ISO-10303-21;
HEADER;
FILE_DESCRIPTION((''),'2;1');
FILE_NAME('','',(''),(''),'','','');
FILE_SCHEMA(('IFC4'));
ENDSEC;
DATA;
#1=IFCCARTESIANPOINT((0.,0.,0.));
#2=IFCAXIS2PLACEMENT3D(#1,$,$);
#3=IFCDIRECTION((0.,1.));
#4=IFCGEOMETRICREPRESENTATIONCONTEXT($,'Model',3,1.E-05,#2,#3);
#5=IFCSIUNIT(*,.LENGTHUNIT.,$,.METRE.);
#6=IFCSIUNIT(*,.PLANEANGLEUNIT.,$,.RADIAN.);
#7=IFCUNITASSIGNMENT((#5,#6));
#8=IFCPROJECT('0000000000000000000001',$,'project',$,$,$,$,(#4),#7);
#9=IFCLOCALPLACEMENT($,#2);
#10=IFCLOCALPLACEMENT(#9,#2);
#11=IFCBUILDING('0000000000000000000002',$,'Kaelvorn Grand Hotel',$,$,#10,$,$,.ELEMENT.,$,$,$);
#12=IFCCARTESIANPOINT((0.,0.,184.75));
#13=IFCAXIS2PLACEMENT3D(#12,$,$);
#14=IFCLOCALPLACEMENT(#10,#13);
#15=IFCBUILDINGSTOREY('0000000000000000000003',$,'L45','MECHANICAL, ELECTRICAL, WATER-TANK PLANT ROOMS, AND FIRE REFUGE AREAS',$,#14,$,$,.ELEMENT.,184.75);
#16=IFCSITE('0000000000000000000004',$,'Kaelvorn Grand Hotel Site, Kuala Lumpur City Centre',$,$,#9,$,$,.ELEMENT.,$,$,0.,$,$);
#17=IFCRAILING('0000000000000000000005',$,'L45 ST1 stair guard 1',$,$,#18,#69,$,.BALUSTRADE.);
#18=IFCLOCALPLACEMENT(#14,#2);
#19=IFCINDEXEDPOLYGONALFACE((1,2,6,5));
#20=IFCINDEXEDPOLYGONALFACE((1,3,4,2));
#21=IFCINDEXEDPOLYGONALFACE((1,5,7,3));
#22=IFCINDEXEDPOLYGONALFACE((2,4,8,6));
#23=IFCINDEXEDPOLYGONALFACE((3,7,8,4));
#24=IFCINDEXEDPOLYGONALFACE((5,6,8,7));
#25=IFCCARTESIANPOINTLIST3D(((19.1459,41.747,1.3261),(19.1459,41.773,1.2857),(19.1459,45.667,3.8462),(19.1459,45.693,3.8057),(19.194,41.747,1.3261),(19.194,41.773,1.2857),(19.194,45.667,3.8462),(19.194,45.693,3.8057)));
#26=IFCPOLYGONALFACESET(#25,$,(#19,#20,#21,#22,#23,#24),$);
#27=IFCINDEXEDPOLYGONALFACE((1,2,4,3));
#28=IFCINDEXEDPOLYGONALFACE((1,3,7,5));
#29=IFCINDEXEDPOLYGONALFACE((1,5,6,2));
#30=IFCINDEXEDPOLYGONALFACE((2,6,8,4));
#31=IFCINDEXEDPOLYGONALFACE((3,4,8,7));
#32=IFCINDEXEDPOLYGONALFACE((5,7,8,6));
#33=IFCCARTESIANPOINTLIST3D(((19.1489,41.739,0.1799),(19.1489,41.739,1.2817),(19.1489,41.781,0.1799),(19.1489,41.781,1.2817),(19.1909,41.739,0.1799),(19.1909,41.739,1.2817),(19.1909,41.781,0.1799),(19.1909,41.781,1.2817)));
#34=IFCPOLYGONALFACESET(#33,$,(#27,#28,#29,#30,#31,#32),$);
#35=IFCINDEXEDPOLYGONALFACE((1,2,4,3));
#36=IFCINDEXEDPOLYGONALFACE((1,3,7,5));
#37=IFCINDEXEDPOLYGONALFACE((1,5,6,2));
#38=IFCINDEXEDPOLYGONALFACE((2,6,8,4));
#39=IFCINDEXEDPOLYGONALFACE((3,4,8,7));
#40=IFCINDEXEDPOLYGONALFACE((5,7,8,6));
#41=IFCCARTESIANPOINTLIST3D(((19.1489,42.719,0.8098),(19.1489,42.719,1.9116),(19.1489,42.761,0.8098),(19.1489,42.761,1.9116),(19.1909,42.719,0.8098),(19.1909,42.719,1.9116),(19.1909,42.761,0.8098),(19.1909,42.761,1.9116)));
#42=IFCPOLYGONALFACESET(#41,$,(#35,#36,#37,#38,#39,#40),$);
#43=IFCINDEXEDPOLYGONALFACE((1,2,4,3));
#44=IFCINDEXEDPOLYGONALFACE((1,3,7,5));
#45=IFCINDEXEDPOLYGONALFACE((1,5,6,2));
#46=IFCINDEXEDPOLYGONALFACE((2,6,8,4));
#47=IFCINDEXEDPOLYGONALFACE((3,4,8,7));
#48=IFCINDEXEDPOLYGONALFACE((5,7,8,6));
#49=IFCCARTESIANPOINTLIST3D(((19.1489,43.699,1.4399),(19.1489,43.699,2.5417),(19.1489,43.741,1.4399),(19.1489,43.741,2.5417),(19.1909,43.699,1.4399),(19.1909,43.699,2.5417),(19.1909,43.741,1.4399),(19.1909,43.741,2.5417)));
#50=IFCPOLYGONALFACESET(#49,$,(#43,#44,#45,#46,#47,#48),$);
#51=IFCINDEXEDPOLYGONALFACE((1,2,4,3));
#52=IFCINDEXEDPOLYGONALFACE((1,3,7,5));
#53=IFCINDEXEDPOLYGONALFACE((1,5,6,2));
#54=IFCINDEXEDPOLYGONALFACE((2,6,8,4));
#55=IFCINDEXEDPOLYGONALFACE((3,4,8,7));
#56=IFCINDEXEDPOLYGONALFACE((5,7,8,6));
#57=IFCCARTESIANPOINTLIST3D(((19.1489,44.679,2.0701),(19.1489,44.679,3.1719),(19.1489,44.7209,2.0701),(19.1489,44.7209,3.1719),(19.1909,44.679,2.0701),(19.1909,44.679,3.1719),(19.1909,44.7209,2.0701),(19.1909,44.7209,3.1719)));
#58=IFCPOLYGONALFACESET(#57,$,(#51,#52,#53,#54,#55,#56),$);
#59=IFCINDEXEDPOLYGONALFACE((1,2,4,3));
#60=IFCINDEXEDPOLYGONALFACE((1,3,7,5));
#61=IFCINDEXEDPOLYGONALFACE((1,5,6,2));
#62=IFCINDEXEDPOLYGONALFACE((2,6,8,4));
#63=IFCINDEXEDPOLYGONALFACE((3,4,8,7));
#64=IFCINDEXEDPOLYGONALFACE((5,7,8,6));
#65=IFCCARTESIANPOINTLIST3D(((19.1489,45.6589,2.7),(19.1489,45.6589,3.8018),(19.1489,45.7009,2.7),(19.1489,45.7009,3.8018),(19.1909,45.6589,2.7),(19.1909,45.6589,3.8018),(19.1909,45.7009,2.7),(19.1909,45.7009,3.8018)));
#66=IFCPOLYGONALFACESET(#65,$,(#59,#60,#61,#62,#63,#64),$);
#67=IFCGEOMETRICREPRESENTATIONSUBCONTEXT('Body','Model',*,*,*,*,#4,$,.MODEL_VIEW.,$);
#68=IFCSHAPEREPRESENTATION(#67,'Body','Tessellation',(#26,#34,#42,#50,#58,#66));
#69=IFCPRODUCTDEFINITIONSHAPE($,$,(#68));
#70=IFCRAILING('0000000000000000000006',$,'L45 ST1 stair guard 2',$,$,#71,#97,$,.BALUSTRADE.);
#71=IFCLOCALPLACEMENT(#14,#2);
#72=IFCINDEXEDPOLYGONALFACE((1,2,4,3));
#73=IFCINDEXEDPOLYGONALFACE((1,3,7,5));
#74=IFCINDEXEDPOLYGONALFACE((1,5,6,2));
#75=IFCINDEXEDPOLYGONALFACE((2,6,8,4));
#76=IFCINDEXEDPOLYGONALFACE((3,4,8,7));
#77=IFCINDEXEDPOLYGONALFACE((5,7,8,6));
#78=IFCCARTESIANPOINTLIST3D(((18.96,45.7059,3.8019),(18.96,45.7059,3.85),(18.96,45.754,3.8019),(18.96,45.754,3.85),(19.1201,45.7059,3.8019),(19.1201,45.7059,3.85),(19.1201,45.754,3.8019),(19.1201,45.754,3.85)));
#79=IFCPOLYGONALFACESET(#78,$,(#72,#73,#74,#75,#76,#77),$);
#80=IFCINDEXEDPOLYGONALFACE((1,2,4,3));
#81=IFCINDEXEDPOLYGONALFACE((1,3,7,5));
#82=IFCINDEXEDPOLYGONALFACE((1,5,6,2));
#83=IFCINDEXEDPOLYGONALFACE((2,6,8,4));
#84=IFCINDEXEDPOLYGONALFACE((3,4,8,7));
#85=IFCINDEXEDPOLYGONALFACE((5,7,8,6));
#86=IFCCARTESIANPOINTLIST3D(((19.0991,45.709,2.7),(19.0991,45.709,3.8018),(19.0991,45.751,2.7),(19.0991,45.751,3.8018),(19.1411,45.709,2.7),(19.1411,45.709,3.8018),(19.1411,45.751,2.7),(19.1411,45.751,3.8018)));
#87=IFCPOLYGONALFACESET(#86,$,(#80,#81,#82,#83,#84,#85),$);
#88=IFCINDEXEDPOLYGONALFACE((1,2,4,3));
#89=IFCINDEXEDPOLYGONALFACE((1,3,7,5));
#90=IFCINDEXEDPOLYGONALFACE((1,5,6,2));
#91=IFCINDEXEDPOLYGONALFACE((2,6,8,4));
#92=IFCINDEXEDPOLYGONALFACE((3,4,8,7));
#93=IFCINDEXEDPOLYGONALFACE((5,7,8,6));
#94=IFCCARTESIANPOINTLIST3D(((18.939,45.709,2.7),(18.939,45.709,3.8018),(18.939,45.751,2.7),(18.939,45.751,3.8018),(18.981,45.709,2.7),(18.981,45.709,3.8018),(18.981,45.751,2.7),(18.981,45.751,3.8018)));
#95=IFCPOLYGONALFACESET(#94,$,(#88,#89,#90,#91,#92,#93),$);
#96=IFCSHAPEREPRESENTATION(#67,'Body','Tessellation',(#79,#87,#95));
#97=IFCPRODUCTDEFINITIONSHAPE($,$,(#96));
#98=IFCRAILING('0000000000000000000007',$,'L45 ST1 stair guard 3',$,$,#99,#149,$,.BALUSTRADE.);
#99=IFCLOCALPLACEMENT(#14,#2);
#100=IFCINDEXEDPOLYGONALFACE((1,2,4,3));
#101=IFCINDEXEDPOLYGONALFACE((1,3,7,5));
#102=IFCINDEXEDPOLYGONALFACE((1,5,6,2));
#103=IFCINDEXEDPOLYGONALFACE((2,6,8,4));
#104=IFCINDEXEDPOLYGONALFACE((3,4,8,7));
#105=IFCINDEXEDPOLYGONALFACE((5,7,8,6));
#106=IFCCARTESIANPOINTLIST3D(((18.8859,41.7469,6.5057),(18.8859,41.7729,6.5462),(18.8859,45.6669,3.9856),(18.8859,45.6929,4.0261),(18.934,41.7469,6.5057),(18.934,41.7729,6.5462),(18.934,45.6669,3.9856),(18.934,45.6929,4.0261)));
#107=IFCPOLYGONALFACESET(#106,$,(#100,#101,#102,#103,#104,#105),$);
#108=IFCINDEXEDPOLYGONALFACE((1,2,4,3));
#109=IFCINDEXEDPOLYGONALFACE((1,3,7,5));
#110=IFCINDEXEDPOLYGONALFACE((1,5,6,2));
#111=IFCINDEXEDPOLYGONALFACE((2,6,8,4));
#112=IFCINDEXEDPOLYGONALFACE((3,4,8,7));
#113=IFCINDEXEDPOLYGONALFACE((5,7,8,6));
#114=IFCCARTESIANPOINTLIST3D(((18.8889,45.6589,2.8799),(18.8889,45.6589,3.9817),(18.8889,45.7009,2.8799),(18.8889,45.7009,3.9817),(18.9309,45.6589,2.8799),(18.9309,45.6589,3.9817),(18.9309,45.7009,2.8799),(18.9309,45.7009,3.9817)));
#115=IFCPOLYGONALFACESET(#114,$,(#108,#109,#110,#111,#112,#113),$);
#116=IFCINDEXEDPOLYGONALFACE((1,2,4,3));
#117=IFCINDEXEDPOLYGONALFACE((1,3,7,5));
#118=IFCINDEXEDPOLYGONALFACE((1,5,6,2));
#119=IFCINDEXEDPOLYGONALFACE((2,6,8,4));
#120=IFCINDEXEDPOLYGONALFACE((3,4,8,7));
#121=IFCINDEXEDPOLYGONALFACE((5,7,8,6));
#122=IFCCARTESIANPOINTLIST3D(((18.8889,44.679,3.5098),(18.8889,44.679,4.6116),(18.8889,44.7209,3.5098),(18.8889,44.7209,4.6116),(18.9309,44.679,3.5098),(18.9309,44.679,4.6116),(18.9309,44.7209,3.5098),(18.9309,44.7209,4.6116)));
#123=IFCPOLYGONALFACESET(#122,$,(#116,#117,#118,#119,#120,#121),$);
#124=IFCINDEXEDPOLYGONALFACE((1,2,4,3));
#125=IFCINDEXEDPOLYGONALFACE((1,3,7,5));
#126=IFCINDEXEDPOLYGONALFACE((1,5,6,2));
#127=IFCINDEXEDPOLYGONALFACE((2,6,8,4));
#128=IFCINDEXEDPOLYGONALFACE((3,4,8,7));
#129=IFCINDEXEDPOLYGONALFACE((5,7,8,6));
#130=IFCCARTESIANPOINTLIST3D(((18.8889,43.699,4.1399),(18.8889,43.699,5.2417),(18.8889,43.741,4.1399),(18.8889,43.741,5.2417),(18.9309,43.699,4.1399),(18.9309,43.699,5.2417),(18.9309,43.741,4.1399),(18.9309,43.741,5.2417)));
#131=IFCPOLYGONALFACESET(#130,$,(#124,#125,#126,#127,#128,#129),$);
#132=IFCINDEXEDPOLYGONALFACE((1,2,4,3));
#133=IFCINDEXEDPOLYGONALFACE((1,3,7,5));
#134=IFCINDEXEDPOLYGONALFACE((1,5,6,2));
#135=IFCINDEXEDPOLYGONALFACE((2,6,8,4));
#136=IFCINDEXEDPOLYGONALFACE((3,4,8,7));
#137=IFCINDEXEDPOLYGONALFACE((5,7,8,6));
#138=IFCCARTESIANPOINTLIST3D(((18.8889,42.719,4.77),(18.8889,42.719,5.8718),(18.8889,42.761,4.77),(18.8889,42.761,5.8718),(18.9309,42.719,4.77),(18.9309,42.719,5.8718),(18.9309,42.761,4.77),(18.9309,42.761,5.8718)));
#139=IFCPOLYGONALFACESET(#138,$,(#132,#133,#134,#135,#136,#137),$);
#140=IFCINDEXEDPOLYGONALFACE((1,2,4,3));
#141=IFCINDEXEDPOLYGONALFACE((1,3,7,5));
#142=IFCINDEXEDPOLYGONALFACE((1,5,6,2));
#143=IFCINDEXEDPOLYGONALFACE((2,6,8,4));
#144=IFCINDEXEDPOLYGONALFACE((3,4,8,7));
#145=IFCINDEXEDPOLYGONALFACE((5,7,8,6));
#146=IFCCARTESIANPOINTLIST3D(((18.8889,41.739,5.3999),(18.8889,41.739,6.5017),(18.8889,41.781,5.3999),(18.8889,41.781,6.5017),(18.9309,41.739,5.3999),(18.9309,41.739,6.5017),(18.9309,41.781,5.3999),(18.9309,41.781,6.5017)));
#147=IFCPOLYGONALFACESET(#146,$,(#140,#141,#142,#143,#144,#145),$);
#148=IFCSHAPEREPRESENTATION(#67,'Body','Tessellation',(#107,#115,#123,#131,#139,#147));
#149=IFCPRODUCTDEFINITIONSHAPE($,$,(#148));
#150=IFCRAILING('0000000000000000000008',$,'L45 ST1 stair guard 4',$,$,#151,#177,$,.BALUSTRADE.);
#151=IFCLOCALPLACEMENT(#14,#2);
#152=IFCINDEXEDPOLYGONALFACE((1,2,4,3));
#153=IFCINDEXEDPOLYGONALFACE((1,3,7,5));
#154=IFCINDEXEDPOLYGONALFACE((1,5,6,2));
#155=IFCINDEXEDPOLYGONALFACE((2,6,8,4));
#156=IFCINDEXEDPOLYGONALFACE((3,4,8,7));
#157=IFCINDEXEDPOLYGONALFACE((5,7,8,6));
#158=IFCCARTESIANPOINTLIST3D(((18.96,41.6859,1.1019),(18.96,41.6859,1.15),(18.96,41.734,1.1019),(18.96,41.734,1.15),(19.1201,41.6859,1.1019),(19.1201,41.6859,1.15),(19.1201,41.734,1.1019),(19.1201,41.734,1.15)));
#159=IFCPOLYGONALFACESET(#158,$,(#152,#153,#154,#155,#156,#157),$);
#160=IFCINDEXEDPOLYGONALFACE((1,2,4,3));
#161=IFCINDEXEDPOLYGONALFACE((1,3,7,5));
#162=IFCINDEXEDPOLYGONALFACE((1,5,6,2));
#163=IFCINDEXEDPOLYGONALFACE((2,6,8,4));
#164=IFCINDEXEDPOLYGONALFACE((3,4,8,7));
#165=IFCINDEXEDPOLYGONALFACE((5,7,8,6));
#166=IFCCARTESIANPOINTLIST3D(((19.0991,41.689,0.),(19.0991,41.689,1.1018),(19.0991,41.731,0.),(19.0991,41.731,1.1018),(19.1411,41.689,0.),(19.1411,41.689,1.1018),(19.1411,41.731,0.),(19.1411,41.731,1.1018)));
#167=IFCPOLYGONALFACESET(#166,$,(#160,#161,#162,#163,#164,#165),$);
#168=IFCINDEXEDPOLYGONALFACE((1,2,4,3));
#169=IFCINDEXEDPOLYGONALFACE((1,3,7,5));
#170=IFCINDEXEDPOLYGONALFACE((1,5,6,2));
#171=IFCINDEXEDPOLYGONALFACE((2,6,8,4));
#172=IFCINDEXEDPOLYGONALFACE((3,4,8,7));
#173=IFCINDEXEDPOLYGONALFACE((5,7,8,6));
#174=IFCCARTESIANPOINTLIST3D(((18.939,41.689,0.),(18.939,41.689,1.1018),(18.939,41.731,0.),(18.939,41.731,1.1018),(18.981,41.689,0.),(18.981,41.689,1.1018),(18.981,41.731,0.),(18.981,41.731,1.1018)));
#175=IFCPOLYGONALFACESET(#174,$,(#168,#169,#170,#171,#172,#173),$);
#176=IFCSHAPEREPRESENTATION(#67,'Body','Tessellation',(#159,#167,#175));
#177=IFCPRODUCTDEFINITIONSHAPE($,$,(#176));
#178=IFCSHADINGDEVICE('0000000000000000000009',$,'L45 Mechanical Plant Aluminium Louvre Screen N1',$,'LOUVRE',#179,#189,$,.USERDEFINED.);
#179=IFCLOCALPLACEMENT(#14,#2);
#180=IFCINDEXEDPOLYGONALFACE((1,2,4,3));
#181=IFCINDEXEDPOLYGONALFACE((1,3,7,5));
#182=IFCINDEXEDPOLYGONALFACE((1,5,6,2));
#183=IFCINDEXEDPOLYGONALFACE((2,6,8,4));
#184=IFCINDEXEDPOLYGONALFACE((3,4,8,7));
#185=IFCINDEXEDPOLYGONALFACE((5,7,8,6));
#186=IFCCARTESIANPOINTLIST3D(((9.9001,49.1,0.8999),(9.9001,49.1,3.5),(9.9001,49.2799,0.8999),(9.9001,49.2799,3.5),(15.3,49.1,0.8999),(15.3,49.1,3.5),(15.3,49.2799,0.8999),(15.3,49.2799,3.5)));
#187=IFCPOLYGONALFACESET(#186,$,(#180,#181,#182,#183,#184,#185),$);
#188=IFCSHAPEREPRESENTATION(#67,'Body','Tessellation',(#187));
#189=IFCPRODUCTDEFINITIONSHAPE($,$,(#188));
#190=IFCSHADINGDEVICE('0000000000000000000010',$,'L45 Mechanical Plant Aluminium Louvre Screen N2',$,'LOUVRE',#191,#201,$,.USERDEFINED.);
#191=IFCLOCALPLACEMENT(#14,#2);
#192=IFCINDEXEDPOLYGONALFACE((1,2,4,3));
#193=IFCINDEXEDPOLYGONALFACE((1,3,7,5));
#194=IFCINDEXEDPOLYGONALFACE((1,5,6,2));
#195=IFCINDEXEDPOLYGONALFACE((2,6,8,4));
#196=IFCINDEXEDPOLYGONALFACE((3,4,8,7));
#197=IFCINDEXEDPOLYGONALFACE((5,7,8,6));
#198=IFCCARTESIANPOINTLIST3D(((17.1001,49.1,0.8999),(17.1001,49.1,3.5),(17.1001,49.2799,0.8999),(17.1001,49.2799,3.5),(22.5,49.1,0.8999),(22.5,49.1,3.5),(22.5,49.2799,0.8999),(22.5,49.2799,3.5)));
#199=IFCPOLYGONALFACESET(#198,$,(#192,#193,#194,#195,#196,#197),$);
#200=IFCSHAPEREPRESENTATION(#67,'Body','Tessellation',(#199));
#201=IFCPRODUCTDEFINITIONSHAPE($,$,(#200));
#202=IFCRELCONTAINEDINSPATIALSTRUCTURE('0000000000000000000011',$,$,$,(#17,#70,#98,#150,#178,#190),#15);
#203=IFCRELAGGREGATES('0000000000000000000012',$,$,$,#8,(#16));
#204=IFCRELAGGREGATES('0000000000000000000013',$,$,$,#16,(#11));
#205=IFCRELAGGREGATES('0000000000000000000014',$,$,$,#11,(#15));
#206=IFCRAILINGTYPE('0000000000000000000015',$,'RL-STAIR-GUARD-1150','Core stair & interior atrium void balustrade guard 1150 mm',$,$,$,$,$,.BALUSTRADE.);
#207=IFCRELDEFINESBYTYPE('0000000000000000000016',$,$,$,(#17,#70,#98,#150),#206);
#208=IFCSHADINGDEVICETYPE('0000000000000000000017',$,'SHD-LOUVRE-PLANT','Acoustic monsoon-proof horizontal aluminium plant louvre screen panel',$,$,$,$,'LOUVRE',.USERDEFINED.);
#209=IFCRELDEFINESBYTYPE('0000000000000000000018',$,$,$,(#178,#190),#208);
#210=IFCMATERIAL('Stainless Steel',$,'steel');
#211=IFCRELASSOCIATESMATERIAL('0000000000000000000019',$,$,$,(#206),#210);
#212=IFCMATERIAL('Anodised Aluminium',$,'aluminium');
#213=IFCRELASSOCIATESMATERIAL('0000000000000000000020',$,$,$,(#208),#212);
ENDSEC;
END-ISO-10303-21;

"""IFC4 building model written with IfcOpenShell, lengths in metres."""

from ifc_helpers import new_model, si_unit, direction, frame, origin, origin_2d, place, context, subcontext, project, spatial, rectangle, extrude, material, type_object, element, save


model = new_model("IFC4")

# Units and contexts
model_context = context("Model", 3, precision=1e-05, world=origin(), true_north=direction((0.0, 1.0)))
body_context = subcontext(model_context, "Body", "Model", "MODEL_VIEW")
ifc_project = project(units=[si_unit("LENGTHUNIT", "METRE"), si_unit("PLANEANGLEUNIT", "RADIAN")], contexts=[model_context])

# Site, building, storey
site_placement = place(None, origin())
site = spatial("IfcSite", under=ifc_project, at=site_placement, Name="Kaelvorn Grand Hotel Site, Kuala Lumpur City Centre", CompositionType="ELEMENT", RefElevation=0.0)
building_placement = place(site_placement, origin())
building = spatial("IfcBuilding", under=site, at=building_placement, Name="Kaelvorn Grand Hotel", CompositionType="ELEMENT")
storey_placement = place(building_placement, frame((0.0, 0.0, 184.75)))
storey = spatial("IfcBuildingStorey", under=building, at=storey_placement, Name="L45", Description="MECHANICAL, ELECTRICAL, WATER-TANK PLANT ROOMS, AND FIRE REFUGE AREAS", CompositionType="ELEMENT", Elevation=184.75)

# Railings
ifc_material_1 = material(Name="Stainless Steel", Category="steel")
railing_type_1 = type_object("IfcRailingType", Name="RL-STAIR-GUARD-1150", Description="Core stair & interior atrium void balustrade guard 1150 mm", PredefinedType="BALUSTRADE", material=ifc_material_1)
railing_1_placement = place(storey_placement, frame((19.1699, 41.76, 0.1799)))
element("IfcRailing", 1, at=railing_1_placement, inside=storey, type_object=railing_type_1, Name="L45 ST1 stair guard 1", PredefinedType="BALUSTRADE", context=body_context, shape_type="SweptSolid", body=[
    extrude(rectangle(XDim=0.0481, YDim=0.0481, at=origin_2d()), frame((0.0, 0.0, 1.126), z_axis=(0.0, 0.841172, 0.540768), x_axis=(-1.0, 0.0, 0.0)), (0.0, 0.0, 1.0), 4.6602),
    extrude(rectangle(XDim=0.042, YDim=0.042, at=origin_2d()), origin(), (0.0, 0.0, 1.0), 1.1018),
    extrude(rectangle(XDim=0.042, YDim=0.042, at=origin_2d()), frame((0.0, 0.98, 0.6299)), (0.0, 0.0, 1.0), 1.1018),
    extrude(rectangle(XDim=0.042, YDim=0.042, at=origin_2d()), frame((0.0, 1.96, 1.26)), (0.0, 0.0, 1.0), 1.1018),
    extrude(rectangle(XDim=0.042, YDim=0.042, at=origin_2d()), frame((0.0, 2.9399, 1.8901)), (0.0, 0.0, 1.0), 1.1018),
    extrude(rectangle(XDim=0.042, YDim=0.042, at=origin_2d()), frame((0.0, 3.9199, 2.52)), (0.0, 0.0, 1.0), 1.1018),
])
railing_2_placement = place(storey_placement, frame((19.1201, 45.73, 2.7)))
element("IfcRailing", 2, at=railing_2_placement, inside=storey, type_object=railing_type_1, Name="L45 ST1 stair guard 2", PredefinedType="BALUSTRADE", context=body_context, shape_type="SweptSolid", body=[
    extrude(rectangle(XDim=0.0481, YDim=0.0481, at=origin_2d()), frame((0.0, 0.0, 1.126), z_axis=(-1.0, 0.0, 0.0), x_axis=(0.0, -1.0, 0.0)), (0.0, 0.0, 1.0), 0.1602),
    extrude(rectangle(XDim=0.042, YDim=0.042, at=origin_2d()), origin(), (0.0, 0.0, 1.0), 1.1018),
    extrude(rectangle(XDim=0.042, YDim=0.042, at=origin_2d()), frame((-0.1602, 0.0, 0.0)), (0.0, 0.0, 1.0), 1.1018),
])
railing_3_placement = place(storey_placement, frame((18.9099, 45.6799, 2.8799)))
element("IfcRailing", 3, at=railing_3_placement, inside=storey, type_object=railing_type_1, Name="L45 ST1 stair guard 3", PredefinedType="BALUSTRADE", context=body_context, shape_type="SweptSolid", body=[
    extrude(rectangle(XDim=0.0481, YDim=0.0481, at=origin_2d()), frame((0.0, 0.0, 1.126), z_axis=(0.0, -0.841172, 0.540768), x_axis=(1.0, 0.0, 0.0)), (0.0, 0.0, 1.0), 4.6602),
    extrude(rectangle(XDim=0.042, YDim=0.042, at=origin_2d()), origin(), (0.0, 0.0, 1.0), 1.1018),
    extrude(rectangle(XDim=0.042, YDim=0.042, at=origin_2d()), frame((0.0, -0.98, 0.6299)), (0.0, 0.0, 1.0), 1.1018),
    extrude(rectangle(XDim=0.042, YDim=0.042, at=origin_2d()), frame((0.0, -1.96, 1.26)), (0.0, 0.0, 1.0), 1.1018),
    extrude(rectangle(XDim=0.042, YDim=0.042, at=origin_2d()), frame((0.0, -2.9399, 1.8901)), (0.0, 0.0, 1.0), 1.1018),
    extrude(rectangle(XDim=0.042, YDim=0.042, at=origin_2d()), frame((0.0, -3.9199, 2.52)), (0.0, 0.0, 1.0), 1.1018),
])
railing_4_placement = place(storey_placement, frame((19.1201, 41.71, 0.0)))
element("IfcRailing", 4, at=railing_4_placement, inside=storey, type_object=railing_type_1, Name="L45 ST1 stair guard 4", PredefinedType="BALUSTRADE", context=body_context, shape_type="SweptSolid", body=[
    extrude(rectangle(XDim=0.0481, YDim=0.0481, at=origin_2d()), frame((0.0, 0.0, 1.126), z_axis=(-1.0, 0.0, 0.0), x_axis=(0.0, -1.0, 0.0)), (0.0, 0.0, 1.0), 0.1602),
    extrude(rectangle(XDim=0.042, YDim=0.042, at=origin_2d()), origin(), (0.0, 0.0, 1.0), 1.1018),
    extrude(rectangle(XDim=0.042, YDim=0.042, at=origin_2d()), frame((-0.1602, 0.0, 0.0)), (0.0, 0.0, 1.0), 1.1018),
])

# Shading devices
ifc_material_2 = material(Name="Anodised Aluminium", Category="aluminium")
shading_device_type = type_object("IfcShadingDeviceType", Name="SHD-LOUVRE-PLANT", Description="Acoustic monsoon-proof horizontal aluminium plant louvre screen panel", ElementType="LOUVRE", PredefinedType="USERDEFINED", material=ifc_material_2)
for number, where, z_axis, x_axis, name in (
    (5, (12.6001, 49.1899, 0.8999), (0.0, 0.0, 1.0), (1.0, 0.0, 0.0), "L45 Mechanical Plant Aluminium Louvre Screen N1"),
    (6, (19.8, 49.1899, 0.8999), (0.0, 0.0, 1.0), (1.0, 0.0, 0.0), "L45 Mechanical Plant Aluminium Louvre Screen N2"),
):
    element("IfcShadingDevice", number, at=place(storey_placement, frame(where, z_axis=z_axis, x_axis=x_axis)), inside=storey, type_object=shading_device_type, Name=name, ObjectType="LOUVRE", PredefinedType="USERDEFINED", context=body_context, shape_type="SweptSolid", body=[
        extrude(rectangle(XDim=5.3999, YDim=0.1799, at=origin_2d()), origin(), (0.0, 0.0, 1.0), 2.6001),
    ])

save(model, "model.ifc")
